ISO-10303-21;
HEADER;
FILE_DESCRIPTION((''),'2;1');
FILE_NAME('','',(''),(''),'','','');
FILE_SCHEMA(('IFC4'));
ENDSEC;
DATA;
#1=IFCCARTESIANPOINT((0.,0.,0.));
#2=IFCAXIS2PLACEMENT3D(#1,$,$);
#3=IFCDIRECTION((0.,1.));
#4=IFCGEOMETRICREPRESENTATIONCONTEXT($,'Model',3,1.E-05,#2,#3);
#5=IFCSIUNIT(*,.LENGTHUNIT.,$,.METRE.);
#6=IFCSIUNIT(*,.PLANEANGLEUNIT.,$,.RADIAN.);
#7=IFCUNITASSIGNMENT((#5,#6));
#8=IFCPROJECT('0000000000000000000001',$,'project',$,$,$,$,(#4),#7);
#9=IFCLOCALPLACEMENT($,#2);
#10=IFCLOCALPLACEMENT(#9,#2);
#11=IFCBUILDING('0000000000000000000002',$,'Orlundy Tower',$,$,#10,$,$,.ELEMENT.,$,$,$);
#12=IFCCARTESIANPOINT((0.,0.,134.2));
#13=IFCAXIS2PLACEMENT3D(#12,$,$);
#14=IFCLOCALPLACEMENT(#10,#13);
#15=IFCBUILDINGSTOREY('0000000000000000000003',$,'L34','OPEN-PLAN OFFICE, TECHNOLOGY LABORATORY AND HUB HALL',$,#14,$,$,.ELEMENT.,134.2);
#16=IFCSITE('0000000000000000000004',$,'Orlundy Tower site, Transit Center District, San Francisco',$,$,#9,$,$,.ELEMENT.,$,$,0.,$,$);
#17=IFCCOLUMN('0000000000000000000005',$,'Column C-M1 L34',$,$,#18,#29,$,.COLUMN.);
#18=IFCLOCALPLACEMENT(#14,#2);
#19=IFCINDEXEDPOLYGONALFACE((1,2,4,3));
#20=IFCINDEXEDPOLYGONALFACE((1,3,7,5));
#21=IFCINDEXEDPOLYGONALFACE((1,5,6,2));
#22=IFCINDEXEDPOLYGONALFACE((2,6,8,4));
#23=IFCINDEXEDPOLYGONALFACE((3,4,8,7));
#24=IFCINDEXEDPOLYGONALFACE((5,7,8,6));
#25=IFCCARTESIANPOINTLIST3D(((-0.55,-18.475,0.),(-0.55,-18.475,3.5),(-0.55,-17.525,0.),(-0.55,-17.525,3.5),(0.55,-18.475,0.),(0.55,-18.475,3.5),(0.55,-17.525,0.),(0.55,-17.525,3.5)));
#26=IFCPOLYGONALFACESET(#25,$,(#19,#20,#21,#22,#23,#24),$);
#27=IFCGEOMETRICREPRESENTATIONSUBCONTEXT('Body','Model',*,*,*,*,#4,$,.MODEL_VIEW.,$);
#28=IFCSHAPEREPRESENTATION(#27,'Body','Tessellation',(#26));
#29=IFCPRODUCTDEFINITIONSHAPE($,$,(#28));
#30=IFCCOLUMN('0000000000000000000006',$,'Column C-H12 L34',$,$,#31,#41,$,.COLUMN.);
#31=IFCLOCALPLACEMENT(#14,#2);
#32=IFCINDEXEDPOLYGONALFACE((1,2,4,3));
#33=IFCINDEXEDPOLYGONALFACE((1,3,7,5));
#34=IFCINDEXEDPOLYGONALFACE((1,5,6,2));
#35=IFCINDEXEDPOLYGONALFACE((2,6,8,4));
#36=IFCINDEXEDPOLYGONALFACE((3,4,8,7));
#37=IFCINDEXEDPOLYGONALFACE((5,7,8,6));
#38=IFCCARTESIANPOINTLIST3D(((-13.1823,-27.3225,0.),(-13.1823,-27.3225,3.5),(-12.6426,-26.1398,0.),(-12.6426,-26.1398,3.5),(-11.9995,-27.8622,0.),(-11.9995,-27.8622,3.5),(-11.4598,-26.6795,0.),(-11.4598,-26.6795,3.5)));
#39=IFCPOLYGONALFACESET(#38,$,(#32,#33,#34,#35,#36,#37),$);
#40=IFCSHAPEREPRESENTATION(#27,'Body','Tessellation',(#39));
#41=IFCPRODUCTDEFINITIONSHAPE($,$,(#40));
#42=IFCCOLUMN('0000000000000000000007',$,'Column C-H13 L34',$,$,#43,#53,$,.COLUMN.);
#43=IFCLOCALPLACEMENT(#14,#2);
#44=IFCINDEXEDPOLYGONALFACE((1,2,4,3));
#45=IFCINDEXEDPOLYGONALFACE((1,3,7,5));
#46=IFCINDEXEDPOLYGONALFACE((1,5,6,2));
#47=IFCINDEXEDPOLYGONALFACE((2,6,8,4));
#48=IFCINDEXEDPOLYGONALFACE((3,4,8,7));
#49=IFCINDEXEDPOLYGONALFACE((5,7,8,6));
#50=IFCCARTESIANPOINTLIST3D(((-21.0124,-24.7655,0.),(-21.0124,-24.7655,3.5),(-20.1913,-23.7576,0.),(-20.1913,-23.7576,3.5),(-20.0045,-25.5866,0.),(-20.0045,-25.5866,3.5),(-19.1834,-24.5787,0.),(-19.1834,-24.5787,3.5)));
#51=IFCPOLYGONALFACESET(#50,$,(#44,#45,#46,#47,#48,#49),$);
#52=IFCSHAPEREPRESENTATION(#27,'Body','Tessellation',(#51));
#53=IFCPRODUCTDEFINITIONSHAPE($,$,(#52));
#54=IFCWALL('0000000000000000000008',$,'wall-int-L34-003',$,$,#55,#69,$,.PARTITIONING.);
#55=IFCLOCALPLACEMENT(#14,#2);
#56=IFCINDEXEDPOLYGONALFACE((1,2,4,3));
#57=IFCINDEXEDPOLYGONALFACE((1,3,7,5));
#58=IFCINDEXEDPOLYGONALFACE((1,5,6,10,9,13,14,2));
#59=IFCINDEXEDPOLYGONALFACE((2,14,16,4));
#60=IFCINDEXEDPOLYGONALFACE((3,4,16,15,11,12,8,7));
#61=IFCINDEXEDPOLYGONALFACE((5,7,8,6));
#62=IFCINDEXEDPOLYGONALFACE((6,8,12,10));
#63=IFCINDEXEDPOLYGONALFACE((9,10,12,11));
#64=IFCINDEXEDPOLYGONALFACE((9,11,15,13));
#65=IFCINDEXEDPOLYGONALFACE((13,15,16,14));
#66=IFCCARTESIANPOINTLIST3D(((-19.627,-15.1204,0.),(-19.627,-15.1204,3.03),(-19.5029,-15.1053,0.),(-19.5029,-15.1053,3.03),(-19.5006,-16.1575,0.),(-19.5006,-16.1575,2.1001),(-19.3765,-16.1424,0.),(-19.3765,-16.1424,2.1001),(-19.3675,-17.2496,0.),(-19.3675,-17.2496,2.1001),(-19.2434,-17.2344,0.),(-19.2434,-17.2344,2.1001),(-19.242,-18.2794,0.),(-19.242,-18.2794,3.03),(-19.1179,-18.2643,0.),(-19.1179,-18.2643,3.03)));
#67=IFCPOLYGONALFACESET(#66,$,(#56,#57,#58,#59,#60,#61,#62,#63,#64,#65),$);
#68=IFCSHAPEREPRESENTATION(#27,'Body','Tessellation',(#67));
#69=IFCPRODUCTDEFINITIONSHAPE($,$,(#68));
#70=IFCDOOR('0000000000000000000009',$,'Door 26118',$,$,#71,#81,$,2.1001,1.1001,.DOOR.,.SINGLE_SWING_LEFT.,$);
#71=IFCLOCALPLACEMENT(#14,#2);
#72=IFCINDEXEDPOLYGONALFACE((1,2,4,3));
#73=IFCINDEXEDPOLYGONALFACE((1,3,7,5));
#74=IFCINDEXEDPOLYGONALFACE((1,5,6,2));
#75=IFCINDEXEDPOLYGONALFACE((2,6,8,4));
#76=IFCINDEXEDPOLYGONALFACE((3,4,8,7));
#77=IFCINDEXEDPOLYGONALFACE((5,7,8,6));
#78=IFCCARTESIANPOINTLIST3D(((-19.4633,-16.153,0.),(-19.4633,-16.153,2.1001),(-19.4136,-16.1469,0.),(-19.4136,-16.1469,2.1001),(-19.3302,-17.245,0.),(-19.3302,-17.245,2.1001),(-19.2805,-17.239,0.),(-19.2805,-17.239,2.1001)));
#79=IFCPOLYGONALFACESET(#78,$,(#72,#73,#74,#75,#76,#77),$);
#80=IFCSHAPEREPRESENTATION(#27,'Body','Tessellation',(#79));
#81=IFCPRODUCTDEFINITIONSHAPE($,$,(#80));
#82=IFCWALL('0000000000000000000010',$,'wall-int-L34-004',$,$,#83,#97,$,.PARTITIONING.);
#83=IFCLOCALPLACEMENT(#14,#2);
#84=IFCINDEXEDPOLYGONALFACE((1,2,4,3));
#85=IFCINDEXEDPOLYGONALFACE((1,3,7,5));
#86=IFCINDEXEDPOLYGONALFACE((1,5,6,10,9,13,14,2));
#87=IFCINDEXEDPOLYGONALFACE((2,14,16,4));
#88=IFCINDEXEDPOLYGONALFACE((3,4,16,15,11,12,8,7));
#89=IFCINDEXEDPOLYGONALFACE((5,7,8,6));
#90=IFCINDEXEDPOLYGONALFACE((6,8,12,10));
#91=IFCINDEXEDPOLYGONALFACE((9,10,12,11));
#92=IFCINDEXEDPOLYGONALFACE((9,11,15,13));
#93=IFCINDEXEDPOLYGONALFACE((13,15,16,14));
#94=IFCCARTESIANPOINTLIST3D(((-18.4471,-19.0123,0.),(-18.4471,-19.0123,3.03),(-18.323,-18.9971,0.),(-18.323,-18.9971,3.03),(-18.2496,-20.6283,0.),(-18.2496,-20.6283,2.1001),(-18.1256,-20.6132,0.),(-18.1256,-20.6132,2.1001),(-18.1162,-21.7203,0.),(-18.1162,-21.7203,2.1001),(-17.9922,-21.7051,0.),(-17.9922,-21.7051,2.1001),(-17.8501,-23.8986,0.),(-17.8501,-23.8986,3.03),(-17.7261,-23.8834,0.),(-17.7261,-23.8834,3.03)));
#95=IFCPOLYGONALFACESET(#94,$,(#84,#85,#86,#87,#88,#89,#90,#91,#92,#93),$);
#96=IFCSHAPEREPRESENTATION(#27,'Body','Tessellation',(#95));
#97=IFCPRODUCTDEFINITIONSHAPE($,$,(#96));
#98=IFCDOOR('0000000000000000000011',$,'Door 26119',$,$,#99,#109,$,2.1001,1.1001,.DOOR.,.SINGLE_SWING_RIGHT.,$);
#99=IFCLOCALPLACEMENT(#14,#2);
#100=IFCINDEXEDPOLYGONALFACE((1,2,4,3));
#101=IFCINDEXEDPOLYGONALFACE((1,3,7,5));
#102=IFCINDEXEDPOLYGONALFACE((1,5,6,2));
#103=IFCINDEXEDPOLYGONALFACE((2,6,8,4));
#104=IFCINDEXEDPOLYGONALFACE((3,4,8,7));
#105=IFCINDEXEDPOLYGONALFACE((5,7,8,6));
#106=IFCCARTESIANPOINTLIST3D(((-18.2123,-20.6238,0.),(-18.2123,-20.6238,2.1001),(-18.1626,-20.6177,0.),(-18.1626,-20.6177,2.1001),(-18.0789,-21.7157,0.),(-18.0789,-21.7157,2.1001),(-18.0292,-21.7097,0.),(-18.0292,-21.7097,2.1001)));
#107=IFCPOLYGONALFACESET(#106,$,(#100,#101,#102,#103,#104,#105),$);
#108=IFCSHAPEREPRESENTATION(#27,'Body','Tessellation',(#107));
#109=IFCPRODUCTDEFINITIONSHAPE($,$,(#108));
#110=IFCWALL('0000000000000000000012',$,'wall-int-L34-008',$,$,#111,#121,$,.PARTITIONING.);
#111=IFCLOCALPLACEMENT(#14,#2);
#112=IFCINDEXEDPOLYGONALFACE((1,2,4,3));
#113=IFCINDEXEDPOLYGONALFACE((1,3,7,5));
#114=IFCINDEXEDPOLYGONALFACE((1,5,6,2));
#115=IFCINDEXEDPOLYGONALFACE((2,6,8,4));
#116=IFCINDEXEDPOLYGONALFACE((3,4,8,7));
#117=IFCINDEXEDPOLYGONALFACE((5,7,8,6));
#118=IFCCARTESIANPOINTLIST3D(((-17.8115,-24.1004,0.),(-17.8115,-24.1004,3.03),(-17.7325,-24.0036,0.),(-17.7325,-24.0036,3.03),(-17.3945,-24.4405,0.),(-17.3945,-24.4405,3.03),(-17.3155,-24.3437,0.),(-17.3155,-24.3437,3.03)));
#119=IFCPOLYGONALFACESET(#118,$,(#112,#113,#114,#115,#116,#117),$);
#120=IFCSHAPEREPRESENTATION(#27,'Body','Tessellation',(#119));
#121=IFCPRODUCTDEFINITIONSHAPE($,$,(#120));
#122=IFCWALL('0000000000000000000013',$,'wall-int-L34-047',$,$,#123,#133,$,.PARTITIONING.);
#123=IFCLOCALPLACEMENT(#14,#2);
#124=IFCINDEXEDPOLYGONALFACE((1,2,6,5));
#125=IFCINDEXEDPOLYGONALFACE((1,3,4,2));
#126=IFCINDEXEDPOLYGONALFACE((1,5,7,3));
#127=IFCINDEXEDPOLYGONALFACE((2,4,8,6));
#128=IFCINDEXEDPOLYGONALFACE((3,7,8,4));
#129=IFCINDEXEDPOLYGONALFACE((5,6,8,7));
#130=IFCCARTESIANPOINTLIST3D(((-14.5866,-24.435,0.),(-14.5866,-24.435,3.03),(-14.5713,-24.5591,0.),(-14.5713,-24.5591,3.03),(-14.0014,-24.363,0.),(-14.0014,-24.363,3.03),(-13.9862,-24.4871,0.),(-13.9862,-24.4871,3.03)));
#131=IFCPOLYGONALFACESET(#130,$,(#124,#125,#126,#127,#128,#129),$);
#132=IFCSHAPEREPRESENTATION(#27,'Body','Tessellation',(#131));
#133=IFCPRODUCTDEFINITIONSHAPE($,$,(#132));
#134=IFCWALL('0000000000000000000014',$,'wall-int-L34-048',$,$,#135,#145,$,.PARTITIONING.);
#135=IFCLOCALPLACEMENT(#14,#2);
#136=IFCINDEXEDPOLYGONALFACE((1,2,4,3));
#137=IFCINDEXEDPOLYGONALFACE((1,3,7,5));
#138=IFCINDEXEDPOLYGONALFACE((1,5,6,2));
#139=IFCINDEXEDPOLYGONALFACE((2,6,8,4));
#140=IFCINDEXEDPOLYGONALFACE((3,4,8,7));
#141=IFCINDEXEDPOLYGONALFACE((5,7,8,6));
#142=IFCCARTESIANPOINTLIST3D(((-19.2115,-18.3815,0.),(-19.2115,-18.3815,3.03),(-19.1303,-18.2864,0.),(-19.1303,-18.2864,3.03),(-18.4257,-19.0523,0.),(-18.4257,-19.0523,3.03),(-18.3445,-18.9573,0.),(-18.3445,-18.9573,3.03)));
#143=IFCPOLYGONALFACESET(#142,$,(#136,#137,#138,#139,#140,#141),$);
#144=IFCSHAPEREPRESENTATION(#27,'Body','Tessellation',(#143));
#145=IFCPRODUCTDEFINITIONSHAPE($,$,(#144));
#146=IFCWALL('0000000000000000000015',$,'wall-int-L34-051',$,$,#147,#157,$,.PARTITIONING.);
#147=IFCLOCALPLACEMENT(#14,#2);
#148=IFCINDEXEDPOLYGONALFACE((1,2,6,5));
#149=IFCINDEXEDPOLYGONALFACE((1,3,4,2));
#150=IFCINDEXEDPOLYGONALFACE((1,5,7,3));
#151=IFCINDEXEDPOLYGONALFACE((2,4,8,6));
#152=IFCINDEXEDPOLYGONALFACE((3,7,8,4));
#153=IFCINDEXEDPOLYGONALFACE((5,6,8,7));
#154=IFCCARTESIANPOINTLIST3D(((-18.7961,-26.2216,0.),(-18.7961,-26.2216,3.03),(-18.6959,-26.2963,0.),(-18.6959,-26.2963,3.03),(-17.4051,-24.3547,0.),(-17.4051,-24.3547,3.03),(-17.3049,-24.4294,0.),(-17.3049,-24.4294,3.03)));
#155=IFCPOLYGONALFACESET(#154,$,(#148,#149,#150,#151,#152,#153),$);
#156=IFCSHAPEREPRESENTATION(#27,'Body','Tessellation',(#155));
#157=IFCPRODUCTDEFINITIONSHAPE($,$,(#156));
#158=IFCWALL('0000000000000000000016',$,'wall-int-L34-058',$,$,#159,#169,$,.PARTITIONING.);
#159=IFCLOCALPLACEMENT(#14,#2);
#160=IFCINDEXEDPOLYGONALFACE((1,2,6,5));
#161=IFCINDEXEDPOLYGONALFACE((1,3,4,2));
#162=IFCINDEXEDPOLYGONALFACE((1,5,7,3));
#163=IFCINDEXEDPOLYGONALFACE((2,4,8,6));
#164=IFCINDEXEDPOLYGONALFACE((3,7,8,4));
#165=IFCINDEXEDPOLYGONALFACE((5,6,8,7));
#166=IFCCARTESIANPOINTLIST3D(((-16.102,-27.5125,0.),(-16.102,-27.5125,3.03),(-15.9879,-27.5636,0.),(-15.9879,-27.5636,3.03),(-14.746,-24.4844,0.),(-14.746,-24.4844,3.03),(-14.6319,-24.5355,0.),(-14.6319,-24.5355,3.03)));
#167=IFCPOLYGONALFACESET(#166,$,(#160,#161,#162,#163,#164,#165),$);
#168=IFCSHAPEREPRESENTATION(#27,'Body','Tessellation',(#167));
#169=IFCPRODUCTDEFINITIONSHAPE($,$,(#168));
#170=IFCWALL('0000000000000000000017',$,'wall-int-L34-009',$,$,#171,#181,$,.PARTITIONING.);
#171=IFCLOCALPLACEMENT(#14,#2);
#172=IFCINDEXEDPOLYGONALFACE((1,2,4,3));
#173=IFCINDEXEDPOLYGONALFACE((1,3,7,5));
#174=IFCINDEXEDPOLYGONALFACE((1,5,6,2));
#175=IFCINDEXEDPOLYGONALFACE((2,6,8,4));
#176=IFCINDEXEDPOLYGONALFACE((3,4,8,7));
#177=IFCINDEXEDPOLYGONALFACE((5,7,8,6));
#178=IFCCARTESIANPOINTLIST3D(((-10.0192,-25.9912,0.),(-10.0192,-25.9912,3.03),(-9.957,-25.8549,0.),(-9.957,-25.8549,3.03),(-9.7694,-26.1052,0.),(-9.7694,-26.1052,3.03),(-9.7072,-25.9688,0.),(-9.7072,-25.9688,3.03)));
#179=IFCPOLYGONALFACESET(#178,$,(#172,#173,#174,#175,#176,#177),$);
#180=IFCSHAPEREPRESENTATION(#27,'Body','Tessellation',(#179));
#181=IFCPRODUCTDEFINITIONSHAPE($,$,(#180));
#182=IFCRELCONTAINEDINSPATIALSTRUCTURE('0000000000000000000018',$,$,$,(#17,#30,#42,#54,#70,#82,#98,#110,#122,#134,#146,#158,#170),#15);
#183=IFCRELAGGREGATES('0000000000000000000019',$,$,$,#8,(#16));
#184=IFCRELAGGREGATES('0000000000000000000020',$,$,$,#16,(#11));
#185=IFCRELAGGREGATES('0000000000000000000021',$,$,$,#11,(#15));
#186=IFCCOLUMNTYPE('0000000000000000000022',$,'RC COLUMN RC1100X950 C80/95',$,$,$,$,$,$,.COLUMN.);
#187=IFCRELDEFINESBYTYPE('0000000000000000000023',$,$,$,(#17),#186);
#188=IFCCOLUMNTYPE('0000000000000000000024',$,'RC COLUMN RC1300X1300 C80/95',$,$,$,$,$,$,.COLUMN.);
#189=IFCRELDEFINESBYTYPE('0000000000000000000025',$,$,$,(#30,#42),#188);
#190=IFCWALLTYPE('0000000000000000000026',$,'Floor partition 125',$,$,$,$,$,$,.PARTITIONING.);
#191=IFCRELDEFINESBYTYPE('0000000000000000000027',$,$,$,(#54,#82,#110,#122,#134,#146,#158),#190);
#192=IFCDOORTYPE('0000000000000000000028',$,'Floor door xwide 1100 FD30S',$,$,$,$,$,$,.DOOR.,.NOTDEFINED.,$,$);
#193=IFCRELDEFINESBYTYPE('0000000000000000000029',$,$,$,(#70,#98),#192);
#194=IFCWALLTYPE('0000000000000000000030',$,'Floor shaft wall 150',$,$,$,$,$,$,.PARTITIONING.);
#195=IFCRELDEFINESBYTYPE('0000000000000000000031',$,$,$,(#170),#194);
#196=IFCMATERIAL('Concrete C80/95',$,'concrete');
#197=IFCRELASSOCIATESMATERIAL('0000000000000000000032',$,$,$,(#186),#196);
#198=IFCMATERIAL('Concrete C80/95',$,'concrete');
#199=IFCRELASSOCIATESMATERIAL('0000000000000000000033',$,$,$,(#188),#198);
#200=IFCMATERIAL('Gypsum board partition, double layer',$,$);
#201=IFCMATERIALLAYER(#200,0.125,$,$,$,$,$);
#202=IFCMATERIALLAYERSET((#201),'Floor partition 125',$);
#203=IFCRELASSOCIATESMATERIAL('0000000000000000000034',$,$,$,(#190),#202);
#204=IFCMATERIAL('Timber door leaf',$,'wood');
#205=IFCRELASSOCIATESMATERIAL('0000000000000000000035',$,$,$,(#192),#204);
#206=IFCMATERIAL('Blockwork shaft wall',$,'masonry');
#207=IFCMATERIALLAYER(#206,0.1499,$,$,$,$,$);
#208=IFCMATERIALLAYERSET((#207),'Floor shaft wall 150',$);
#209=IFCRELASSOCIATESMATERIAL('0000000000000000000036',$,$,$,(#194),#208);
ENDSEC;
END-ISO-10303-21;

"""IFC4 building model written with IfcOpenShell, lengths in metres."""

from ifc_helpers import new_model, si_unit, direction, frame, frame_2d, origin, origin_2d, place, context, subcontext, project, spatial, rectangle, extrude, material, layer, layer_set, material_profile, profile_set, type_object, element, fill, save


model = new_model("IFC4")

# Units and contexts
model_context = context("Model", 3, precision=1e-05, world=origin(), true_north=direction((0.0, 1.0)))
body_context = subcontext(model_context, "Body", "Model", "MODEL_VIEW")
ifc_project = project(units=[si_unit("LENGTHUNIT", "METRE"), si_unit("PLANEANGLEUNIT", "RADIAN")], contexts=[model_context])

# Site, building, storey
site_placement = place(None, origin())
site = spatial("IfcSite", under=ifc_project, at=site_placement, Name="Orlundy Tower site, Transit Center District, San Francisco", CompositionType="ELEMENT", RefElevation=0.0)
building_placement = place(site_placement, origin())
building = spatial("IfcBuilding", under=site, at=building_placement, Name="Orlundy Tower", CompositionType="ELEMENT")
storey_placement = place(building_placement, frame((0.0, 0.0, 134.2)))
storey = spatial("IfcBuildingStorey", under=building, at=storey_placement, Name="L34", Description="OPEN-PLAN OFFICE, TECHNOLOGY LABORATORY AND HUB HALL", CompositionType="ELEMENT", Elevation=134.2)

# Columns
ifc_material_1 = material(Name="Concrete C80/95", Category="concrete")
ifc_material_profile_1 = material_profile(ifc_material_1, rectangle(XDim=1.1001, YDim=0.95, at=origin_2d()), Name="RC1100X950")
ifc_profile_set_1 = profile_set([ifc_material_profile_1], Name="Concrete C80/95")
column_type_1 = type_object("IfcColumnType", Name="RC COLUMN RC1100X950 C80/95", PredefinedType="COLUMN", material=ifc_profile_set_1)
column_placement = place(storey_placement, frame((0.0, -18.0, 0.0), z_axis=(0.0, 0.0, 1.0), x_axis=(1.0, 0.0, 0.0)))
element("IfcColumn", 1, at=column_placement, inside=storey, type_object=column_type_1, Name="Column C-M1 L34", PredefinedType="COLUMN", context=body_context, shape_type="SweptSolid", body=[
    extrude(rectangle(XDim=1.1001, YDim=0.95, at=origin_2d()), origin(), (0.0, 0.0, 1.0), 3.5),
])
ifc_material_2 = material(Name="Concrete C80/95", Category="concrete")
ifc_material_profile_2 = material_profile(ifc_material_2, rectangle(XDim=1.3, YDim=1.3, at=origin_2d()), Name="RC1300X1300")
ifc_profile_set_2 = profile_set([ifc_material_profile_2], Name="Concrete C80/95")
column_type_2 = type_object("IfcColumnType", Name="RC COLUMN RC1300X1300 C80/95", PredefinedType="COLUMN", material=ifc_profile_set_2)
for number, where, z_axis, x_axis, name in (
    (2, (-12.321, -27.001, 0.0), (0.0, 0.0, 1.0), (-0.415138, -0.909759, 0.0), "Column C-H12 L34"),
    (3, (-20.0979, -24.6721, 0.0), (0.0, 0.0, 1.0), (-0.631583, -0.775308, 0.0), "Column C-H13 L34"),
):
    element("IfcColumn", number, at=place(storey_placement, frame(where, z_axis=z_axis, x_axis=x_axis)), inside=storey, type_object=column_type_2, Name=name, PredefinedType="COLUMN", context=body_context, shape_type="SweptSolid", body=[
        extrude(rectangle(XDim=1.3, YDim=1.3, at=origin_2d()), origin(), (0.0, 0.0, 1.0), 3.5),
    ])

# Walls, openings, doors
ifc_material_3 = material(Name="Gypsum board partition, double layer")
ifc_layer_1 = layer(ifc_material_3, 0.125)
ifc_layer_set_1 = layer_set([ifc_layer_1], Name="Floor partition 125")
wall_type_1 = type_object("IfcWallType", Name="Floor partition 125", PredefinedType="PARTITIONING", material=ifc_layer_set_1)
wall_1_placement = place(storey_placement, frame((-19.1799, -18.272, 0.0), z_axis=(0.0, 0.0, 1.0), x_axis=(-0.120984, 0.992654, 0.0)))
wall_1 = element("IfcWall", 4, at=wall_1_placement, inside=storey, type_object=wall_type_1, Name="wall-int-L34-003", PredefinedType="PARTITIONING", context=body_context, shape_type="SweptSolid", body=[
    extrude(rectangle(XDim=3.1824, YDim=0.125, at=frame_2d((1.5913, 0.0))), origin(), (0.0, 0.0, 1.0), 3.03),
])
opening_1_placement = place(wall_1_placement, frame((1.0376, 0.0, 0.0)))
opening_1 = element("IfcOpeningElement", 5, at=opening_1_placement, cuts=wall_1, PredefinedType="OPENING", context=body_context, shape_type="SweptSolid", body=[
    extrude(rectangle(XDim=1.1001, YDim=2.1001, at=frame_2d((0.55, 1.05))), frame((0.0, 0.0725, 0.0), z_axis=(0.0, -1.0, 0.0), x_axis=(1.0, 0.0, 0.0)), (0.0, 0.0, 1.0), 0.145),
])
ifc_material_4 = material(Name="Timber door leaf", Category="wood")
door_type = type_object("IfcDoorType", Name="Floor door xwide 1100 FD30S", OperationType="NOTDEFINED", PredefinedType="DOOR", material=ifc_material_4)
door_1_placement = place(opening_1_placement, origin())
door_1 = element("IfcDoor", 6, at=door_1_placement, inside=storey, type_object=door_type, Name="Door 26118", OperationType="SINGLE_SWING_LEFT", OverallHeight=2.1001, OverallWidth=1.1001, PredefinedType="DOOR", context=body_context, shape_type="SweptSolid", body=[
    extrude(rectangle(XDim=1.1001, YDim=2.1001, at=frame_2d((0.55, 1.05))), frame((0.0, 0.0249, 0.0), z_axis=(0.0, -1.0, 0.0), x_axis=(1.0, 0.0, 0.0)), (0.0, 0.0, 1.0), 0.05),
])
fill(opening_1, door_1)
wall_2_placement = place(storey_placement, frame((-17.7881, -23.8911, 0.0), z_axis=(0.0, 0.0, 1.0), x_axis=(-0.121263, 0.99262, 0.0)))
wall_2 = element("IfcWall", 7, at=wall_2_placement, inside=storey, type_object=wall_type_1, Name="wall-int-L34-004", PredefinedType="PARTITIONING", context=body_context, shape_type="SweptSolid", body=[
    extrude(rectangle(XDim=4.9226, YDim=0.125, at=frame_2d((2.4614, 0.0))), origin(), (0.0, 0.0, 1.0), 3.03),
])
opening_2_placement = place(wall_2_placement, frame((2.1946, 0.0, 0.0)))
opening_2 = element("IfcOpeningElement", 8, at=opening_2_placement, cuts=wall_2, PredefinedType="OPENING", context=body_context, shape_type="SweptSolid", body=[
    extrude(rectangle(XDim=1.1001, YDim=2.1001, at=frame_2d((0.55, 1.05))), frame((0.0, 0.0725, 0.0), z_axis=(0.0, -1.0, 0.0), x_axis=(1.0, 0.0, 0.0)), (0.0, 0.0, 1.0), 0.145),
])
door_2_placement = place(opening_2_placement, origin())
door_2 = element("IfcDoor", 9, at=door_2_placement, inside=storey, type_object=door_type, Name="Door 26119", OperationType="SINGLE_SWING_RIGHT", OverallHeight=2.1001, OverallWidth=1.1001, PredefinedType="DOOR", context=body_context, shape_type="SweptSolid", body=[
    extrude(rectangle(XDim=1.1001, YDim=2.1001, at=frame_2d((0.55, 1.05))), frame((0.0, 0.0249, 0.0), z_axis=(0.0, -1.0, 0.0), x_axis=(1.0, 0.0, 0.0)), (0.0, 0.0, 1.0), 0.05),
])
fill(opening_2, door_2)

# Walls
wall_3_placement = place(storey_placement, frame((-17.772, -24.052, 0.0), z_axis=(0.0, 0.0, 1.0), x_axis=(0.774947, -0.632026, 0.0)))
element("IfcWall", 10, at=wall_3_placement, inside=storey, type_object=wall_type_1, Name="wall-int-L34-008", PredefinedType="PARTITIONING", context=body_context, shape_type="SweptSolid", body=[
    extrude(rectangle(XDim=0.5381, YDim=0.125, at=frame_2d((0.269, 0.0))), origin(), (0.0, 0.0, 1.0), 3.03),
])
wall_4_placement = place(storey_placement, frame((-14.5791, -24.4971, 0.0), z_axis=(0.0, 0.0, 1.0), x_axis=(0.992512, 0.122149, 0.0)))
element("IfcWall", 11, at=wall_4_placement, inside=storey, type_object=wall_type_1, Name="wall-int-L34-047", PredefinedType="PARTITIONING", context=body_context, shape_type="SweptSolid", body=[
    extrude(rectangle(XDim=0.5896, YDim=0.125, at=frame_2d((0.2949, 0.0))), origin(), (0.0, 0.0, 1.0), 3.03),
])
wall_5_placement = place(storey_placement, frame((-19.1709, -18.334, 0.0), z_axis=(0.0, 0.0, 1.0), x_axis=(0.760556, -0.649272, 0.0)))
element("IfcWall", 12, at=wall_5_placement, inside=storey, type_object=wall_type_1, Name="wall-int-L34-048", PredefinedType="PARTITIONING", context=body_context, shape_type="SweptSolid", body=[
    extrude(rectangle(XDim=1.0332, YDim=0.125, at=frame_2d((0.5166, 0.0))), origin(), (0.0, 0.0, 1.0), 3.03),
])
wall_6_placement = place(storey_placement, frame((-17.355, -24.3921, 0.0), z_axis=(0.0, 0.0, 1.0), x_axis=(-0.597497, -0.801871, 0.0)))
element("IfcWall", 13, at=wall_6_placement, inside=storey, type_object=wall_type_1, Name="wall-int-L34-051", PredefinedType="PARTITIONING", context=body_context, shape_type="SweptSolid", body=[
    extrude(rectangle(XDim=2.3281, YDim=0.125, at=frame_2d((1.1641, 0.0))), origin(), (0.0, 0.0, 1.0), 3.03),
])
wall_7_placement = place(storey_placement, frame((-16.0449, -27.5381, 0.0), z_axis=(0.0, 0.0, 1.0), x_axis=(0.40869, 0.912673, 0.0)))
element("IfcWall", 14, at=wall_7_placement, inside=storey, type_object=wall_type_1, Name="wall-int-L34-058", PredefinedType="PARTITIONING", context=body_context, shape_type="SweptSolid", body=[
    extrude(rectangle(XDim=3.3179, YDim=0.125, at=frame_2d((1.6589, 0.0))), origin(), (0.0, 0.0, 1.0), 3.03),
])
ifc_material_5 = material(Name="Blockwork shaft wall", Category="masonry")
ifc_layer_2 = layer(ifc_material_5, 0.1499)
ifc_layer_set_2 = layer_set([ifc_layer_2], Name="Floor shaft wall 150")
wall_type_2 = type_object("IfcWallType", Name="Floor shaft wall 150", PredefinedType="PARTITIONING", material=ifc_layer_set_2)
wall_8_placement = place(storey_placement, frame((-9.988, -25.9231, 0.0), z_axis=(0.0, 0.0, 1.0), x_axis=(0.909848, -0.414941, 0.0)))
element("IfcWall", 15, at=wall_8_placement, inside=storey, type_object=wall_type_2, Name="wall-int-L34-009", PredefinedType="PARTITIONING", context=body_context, shape_type="SweptSolid", body=[
    extrude(rectangle(XDim=0.2747, YDim=0.1499, at=frame_2d((0.1372, 0.0))), origin(), (0.0, 0.0, 1.0), 3.03),
])

save(model, "model.ifc")
